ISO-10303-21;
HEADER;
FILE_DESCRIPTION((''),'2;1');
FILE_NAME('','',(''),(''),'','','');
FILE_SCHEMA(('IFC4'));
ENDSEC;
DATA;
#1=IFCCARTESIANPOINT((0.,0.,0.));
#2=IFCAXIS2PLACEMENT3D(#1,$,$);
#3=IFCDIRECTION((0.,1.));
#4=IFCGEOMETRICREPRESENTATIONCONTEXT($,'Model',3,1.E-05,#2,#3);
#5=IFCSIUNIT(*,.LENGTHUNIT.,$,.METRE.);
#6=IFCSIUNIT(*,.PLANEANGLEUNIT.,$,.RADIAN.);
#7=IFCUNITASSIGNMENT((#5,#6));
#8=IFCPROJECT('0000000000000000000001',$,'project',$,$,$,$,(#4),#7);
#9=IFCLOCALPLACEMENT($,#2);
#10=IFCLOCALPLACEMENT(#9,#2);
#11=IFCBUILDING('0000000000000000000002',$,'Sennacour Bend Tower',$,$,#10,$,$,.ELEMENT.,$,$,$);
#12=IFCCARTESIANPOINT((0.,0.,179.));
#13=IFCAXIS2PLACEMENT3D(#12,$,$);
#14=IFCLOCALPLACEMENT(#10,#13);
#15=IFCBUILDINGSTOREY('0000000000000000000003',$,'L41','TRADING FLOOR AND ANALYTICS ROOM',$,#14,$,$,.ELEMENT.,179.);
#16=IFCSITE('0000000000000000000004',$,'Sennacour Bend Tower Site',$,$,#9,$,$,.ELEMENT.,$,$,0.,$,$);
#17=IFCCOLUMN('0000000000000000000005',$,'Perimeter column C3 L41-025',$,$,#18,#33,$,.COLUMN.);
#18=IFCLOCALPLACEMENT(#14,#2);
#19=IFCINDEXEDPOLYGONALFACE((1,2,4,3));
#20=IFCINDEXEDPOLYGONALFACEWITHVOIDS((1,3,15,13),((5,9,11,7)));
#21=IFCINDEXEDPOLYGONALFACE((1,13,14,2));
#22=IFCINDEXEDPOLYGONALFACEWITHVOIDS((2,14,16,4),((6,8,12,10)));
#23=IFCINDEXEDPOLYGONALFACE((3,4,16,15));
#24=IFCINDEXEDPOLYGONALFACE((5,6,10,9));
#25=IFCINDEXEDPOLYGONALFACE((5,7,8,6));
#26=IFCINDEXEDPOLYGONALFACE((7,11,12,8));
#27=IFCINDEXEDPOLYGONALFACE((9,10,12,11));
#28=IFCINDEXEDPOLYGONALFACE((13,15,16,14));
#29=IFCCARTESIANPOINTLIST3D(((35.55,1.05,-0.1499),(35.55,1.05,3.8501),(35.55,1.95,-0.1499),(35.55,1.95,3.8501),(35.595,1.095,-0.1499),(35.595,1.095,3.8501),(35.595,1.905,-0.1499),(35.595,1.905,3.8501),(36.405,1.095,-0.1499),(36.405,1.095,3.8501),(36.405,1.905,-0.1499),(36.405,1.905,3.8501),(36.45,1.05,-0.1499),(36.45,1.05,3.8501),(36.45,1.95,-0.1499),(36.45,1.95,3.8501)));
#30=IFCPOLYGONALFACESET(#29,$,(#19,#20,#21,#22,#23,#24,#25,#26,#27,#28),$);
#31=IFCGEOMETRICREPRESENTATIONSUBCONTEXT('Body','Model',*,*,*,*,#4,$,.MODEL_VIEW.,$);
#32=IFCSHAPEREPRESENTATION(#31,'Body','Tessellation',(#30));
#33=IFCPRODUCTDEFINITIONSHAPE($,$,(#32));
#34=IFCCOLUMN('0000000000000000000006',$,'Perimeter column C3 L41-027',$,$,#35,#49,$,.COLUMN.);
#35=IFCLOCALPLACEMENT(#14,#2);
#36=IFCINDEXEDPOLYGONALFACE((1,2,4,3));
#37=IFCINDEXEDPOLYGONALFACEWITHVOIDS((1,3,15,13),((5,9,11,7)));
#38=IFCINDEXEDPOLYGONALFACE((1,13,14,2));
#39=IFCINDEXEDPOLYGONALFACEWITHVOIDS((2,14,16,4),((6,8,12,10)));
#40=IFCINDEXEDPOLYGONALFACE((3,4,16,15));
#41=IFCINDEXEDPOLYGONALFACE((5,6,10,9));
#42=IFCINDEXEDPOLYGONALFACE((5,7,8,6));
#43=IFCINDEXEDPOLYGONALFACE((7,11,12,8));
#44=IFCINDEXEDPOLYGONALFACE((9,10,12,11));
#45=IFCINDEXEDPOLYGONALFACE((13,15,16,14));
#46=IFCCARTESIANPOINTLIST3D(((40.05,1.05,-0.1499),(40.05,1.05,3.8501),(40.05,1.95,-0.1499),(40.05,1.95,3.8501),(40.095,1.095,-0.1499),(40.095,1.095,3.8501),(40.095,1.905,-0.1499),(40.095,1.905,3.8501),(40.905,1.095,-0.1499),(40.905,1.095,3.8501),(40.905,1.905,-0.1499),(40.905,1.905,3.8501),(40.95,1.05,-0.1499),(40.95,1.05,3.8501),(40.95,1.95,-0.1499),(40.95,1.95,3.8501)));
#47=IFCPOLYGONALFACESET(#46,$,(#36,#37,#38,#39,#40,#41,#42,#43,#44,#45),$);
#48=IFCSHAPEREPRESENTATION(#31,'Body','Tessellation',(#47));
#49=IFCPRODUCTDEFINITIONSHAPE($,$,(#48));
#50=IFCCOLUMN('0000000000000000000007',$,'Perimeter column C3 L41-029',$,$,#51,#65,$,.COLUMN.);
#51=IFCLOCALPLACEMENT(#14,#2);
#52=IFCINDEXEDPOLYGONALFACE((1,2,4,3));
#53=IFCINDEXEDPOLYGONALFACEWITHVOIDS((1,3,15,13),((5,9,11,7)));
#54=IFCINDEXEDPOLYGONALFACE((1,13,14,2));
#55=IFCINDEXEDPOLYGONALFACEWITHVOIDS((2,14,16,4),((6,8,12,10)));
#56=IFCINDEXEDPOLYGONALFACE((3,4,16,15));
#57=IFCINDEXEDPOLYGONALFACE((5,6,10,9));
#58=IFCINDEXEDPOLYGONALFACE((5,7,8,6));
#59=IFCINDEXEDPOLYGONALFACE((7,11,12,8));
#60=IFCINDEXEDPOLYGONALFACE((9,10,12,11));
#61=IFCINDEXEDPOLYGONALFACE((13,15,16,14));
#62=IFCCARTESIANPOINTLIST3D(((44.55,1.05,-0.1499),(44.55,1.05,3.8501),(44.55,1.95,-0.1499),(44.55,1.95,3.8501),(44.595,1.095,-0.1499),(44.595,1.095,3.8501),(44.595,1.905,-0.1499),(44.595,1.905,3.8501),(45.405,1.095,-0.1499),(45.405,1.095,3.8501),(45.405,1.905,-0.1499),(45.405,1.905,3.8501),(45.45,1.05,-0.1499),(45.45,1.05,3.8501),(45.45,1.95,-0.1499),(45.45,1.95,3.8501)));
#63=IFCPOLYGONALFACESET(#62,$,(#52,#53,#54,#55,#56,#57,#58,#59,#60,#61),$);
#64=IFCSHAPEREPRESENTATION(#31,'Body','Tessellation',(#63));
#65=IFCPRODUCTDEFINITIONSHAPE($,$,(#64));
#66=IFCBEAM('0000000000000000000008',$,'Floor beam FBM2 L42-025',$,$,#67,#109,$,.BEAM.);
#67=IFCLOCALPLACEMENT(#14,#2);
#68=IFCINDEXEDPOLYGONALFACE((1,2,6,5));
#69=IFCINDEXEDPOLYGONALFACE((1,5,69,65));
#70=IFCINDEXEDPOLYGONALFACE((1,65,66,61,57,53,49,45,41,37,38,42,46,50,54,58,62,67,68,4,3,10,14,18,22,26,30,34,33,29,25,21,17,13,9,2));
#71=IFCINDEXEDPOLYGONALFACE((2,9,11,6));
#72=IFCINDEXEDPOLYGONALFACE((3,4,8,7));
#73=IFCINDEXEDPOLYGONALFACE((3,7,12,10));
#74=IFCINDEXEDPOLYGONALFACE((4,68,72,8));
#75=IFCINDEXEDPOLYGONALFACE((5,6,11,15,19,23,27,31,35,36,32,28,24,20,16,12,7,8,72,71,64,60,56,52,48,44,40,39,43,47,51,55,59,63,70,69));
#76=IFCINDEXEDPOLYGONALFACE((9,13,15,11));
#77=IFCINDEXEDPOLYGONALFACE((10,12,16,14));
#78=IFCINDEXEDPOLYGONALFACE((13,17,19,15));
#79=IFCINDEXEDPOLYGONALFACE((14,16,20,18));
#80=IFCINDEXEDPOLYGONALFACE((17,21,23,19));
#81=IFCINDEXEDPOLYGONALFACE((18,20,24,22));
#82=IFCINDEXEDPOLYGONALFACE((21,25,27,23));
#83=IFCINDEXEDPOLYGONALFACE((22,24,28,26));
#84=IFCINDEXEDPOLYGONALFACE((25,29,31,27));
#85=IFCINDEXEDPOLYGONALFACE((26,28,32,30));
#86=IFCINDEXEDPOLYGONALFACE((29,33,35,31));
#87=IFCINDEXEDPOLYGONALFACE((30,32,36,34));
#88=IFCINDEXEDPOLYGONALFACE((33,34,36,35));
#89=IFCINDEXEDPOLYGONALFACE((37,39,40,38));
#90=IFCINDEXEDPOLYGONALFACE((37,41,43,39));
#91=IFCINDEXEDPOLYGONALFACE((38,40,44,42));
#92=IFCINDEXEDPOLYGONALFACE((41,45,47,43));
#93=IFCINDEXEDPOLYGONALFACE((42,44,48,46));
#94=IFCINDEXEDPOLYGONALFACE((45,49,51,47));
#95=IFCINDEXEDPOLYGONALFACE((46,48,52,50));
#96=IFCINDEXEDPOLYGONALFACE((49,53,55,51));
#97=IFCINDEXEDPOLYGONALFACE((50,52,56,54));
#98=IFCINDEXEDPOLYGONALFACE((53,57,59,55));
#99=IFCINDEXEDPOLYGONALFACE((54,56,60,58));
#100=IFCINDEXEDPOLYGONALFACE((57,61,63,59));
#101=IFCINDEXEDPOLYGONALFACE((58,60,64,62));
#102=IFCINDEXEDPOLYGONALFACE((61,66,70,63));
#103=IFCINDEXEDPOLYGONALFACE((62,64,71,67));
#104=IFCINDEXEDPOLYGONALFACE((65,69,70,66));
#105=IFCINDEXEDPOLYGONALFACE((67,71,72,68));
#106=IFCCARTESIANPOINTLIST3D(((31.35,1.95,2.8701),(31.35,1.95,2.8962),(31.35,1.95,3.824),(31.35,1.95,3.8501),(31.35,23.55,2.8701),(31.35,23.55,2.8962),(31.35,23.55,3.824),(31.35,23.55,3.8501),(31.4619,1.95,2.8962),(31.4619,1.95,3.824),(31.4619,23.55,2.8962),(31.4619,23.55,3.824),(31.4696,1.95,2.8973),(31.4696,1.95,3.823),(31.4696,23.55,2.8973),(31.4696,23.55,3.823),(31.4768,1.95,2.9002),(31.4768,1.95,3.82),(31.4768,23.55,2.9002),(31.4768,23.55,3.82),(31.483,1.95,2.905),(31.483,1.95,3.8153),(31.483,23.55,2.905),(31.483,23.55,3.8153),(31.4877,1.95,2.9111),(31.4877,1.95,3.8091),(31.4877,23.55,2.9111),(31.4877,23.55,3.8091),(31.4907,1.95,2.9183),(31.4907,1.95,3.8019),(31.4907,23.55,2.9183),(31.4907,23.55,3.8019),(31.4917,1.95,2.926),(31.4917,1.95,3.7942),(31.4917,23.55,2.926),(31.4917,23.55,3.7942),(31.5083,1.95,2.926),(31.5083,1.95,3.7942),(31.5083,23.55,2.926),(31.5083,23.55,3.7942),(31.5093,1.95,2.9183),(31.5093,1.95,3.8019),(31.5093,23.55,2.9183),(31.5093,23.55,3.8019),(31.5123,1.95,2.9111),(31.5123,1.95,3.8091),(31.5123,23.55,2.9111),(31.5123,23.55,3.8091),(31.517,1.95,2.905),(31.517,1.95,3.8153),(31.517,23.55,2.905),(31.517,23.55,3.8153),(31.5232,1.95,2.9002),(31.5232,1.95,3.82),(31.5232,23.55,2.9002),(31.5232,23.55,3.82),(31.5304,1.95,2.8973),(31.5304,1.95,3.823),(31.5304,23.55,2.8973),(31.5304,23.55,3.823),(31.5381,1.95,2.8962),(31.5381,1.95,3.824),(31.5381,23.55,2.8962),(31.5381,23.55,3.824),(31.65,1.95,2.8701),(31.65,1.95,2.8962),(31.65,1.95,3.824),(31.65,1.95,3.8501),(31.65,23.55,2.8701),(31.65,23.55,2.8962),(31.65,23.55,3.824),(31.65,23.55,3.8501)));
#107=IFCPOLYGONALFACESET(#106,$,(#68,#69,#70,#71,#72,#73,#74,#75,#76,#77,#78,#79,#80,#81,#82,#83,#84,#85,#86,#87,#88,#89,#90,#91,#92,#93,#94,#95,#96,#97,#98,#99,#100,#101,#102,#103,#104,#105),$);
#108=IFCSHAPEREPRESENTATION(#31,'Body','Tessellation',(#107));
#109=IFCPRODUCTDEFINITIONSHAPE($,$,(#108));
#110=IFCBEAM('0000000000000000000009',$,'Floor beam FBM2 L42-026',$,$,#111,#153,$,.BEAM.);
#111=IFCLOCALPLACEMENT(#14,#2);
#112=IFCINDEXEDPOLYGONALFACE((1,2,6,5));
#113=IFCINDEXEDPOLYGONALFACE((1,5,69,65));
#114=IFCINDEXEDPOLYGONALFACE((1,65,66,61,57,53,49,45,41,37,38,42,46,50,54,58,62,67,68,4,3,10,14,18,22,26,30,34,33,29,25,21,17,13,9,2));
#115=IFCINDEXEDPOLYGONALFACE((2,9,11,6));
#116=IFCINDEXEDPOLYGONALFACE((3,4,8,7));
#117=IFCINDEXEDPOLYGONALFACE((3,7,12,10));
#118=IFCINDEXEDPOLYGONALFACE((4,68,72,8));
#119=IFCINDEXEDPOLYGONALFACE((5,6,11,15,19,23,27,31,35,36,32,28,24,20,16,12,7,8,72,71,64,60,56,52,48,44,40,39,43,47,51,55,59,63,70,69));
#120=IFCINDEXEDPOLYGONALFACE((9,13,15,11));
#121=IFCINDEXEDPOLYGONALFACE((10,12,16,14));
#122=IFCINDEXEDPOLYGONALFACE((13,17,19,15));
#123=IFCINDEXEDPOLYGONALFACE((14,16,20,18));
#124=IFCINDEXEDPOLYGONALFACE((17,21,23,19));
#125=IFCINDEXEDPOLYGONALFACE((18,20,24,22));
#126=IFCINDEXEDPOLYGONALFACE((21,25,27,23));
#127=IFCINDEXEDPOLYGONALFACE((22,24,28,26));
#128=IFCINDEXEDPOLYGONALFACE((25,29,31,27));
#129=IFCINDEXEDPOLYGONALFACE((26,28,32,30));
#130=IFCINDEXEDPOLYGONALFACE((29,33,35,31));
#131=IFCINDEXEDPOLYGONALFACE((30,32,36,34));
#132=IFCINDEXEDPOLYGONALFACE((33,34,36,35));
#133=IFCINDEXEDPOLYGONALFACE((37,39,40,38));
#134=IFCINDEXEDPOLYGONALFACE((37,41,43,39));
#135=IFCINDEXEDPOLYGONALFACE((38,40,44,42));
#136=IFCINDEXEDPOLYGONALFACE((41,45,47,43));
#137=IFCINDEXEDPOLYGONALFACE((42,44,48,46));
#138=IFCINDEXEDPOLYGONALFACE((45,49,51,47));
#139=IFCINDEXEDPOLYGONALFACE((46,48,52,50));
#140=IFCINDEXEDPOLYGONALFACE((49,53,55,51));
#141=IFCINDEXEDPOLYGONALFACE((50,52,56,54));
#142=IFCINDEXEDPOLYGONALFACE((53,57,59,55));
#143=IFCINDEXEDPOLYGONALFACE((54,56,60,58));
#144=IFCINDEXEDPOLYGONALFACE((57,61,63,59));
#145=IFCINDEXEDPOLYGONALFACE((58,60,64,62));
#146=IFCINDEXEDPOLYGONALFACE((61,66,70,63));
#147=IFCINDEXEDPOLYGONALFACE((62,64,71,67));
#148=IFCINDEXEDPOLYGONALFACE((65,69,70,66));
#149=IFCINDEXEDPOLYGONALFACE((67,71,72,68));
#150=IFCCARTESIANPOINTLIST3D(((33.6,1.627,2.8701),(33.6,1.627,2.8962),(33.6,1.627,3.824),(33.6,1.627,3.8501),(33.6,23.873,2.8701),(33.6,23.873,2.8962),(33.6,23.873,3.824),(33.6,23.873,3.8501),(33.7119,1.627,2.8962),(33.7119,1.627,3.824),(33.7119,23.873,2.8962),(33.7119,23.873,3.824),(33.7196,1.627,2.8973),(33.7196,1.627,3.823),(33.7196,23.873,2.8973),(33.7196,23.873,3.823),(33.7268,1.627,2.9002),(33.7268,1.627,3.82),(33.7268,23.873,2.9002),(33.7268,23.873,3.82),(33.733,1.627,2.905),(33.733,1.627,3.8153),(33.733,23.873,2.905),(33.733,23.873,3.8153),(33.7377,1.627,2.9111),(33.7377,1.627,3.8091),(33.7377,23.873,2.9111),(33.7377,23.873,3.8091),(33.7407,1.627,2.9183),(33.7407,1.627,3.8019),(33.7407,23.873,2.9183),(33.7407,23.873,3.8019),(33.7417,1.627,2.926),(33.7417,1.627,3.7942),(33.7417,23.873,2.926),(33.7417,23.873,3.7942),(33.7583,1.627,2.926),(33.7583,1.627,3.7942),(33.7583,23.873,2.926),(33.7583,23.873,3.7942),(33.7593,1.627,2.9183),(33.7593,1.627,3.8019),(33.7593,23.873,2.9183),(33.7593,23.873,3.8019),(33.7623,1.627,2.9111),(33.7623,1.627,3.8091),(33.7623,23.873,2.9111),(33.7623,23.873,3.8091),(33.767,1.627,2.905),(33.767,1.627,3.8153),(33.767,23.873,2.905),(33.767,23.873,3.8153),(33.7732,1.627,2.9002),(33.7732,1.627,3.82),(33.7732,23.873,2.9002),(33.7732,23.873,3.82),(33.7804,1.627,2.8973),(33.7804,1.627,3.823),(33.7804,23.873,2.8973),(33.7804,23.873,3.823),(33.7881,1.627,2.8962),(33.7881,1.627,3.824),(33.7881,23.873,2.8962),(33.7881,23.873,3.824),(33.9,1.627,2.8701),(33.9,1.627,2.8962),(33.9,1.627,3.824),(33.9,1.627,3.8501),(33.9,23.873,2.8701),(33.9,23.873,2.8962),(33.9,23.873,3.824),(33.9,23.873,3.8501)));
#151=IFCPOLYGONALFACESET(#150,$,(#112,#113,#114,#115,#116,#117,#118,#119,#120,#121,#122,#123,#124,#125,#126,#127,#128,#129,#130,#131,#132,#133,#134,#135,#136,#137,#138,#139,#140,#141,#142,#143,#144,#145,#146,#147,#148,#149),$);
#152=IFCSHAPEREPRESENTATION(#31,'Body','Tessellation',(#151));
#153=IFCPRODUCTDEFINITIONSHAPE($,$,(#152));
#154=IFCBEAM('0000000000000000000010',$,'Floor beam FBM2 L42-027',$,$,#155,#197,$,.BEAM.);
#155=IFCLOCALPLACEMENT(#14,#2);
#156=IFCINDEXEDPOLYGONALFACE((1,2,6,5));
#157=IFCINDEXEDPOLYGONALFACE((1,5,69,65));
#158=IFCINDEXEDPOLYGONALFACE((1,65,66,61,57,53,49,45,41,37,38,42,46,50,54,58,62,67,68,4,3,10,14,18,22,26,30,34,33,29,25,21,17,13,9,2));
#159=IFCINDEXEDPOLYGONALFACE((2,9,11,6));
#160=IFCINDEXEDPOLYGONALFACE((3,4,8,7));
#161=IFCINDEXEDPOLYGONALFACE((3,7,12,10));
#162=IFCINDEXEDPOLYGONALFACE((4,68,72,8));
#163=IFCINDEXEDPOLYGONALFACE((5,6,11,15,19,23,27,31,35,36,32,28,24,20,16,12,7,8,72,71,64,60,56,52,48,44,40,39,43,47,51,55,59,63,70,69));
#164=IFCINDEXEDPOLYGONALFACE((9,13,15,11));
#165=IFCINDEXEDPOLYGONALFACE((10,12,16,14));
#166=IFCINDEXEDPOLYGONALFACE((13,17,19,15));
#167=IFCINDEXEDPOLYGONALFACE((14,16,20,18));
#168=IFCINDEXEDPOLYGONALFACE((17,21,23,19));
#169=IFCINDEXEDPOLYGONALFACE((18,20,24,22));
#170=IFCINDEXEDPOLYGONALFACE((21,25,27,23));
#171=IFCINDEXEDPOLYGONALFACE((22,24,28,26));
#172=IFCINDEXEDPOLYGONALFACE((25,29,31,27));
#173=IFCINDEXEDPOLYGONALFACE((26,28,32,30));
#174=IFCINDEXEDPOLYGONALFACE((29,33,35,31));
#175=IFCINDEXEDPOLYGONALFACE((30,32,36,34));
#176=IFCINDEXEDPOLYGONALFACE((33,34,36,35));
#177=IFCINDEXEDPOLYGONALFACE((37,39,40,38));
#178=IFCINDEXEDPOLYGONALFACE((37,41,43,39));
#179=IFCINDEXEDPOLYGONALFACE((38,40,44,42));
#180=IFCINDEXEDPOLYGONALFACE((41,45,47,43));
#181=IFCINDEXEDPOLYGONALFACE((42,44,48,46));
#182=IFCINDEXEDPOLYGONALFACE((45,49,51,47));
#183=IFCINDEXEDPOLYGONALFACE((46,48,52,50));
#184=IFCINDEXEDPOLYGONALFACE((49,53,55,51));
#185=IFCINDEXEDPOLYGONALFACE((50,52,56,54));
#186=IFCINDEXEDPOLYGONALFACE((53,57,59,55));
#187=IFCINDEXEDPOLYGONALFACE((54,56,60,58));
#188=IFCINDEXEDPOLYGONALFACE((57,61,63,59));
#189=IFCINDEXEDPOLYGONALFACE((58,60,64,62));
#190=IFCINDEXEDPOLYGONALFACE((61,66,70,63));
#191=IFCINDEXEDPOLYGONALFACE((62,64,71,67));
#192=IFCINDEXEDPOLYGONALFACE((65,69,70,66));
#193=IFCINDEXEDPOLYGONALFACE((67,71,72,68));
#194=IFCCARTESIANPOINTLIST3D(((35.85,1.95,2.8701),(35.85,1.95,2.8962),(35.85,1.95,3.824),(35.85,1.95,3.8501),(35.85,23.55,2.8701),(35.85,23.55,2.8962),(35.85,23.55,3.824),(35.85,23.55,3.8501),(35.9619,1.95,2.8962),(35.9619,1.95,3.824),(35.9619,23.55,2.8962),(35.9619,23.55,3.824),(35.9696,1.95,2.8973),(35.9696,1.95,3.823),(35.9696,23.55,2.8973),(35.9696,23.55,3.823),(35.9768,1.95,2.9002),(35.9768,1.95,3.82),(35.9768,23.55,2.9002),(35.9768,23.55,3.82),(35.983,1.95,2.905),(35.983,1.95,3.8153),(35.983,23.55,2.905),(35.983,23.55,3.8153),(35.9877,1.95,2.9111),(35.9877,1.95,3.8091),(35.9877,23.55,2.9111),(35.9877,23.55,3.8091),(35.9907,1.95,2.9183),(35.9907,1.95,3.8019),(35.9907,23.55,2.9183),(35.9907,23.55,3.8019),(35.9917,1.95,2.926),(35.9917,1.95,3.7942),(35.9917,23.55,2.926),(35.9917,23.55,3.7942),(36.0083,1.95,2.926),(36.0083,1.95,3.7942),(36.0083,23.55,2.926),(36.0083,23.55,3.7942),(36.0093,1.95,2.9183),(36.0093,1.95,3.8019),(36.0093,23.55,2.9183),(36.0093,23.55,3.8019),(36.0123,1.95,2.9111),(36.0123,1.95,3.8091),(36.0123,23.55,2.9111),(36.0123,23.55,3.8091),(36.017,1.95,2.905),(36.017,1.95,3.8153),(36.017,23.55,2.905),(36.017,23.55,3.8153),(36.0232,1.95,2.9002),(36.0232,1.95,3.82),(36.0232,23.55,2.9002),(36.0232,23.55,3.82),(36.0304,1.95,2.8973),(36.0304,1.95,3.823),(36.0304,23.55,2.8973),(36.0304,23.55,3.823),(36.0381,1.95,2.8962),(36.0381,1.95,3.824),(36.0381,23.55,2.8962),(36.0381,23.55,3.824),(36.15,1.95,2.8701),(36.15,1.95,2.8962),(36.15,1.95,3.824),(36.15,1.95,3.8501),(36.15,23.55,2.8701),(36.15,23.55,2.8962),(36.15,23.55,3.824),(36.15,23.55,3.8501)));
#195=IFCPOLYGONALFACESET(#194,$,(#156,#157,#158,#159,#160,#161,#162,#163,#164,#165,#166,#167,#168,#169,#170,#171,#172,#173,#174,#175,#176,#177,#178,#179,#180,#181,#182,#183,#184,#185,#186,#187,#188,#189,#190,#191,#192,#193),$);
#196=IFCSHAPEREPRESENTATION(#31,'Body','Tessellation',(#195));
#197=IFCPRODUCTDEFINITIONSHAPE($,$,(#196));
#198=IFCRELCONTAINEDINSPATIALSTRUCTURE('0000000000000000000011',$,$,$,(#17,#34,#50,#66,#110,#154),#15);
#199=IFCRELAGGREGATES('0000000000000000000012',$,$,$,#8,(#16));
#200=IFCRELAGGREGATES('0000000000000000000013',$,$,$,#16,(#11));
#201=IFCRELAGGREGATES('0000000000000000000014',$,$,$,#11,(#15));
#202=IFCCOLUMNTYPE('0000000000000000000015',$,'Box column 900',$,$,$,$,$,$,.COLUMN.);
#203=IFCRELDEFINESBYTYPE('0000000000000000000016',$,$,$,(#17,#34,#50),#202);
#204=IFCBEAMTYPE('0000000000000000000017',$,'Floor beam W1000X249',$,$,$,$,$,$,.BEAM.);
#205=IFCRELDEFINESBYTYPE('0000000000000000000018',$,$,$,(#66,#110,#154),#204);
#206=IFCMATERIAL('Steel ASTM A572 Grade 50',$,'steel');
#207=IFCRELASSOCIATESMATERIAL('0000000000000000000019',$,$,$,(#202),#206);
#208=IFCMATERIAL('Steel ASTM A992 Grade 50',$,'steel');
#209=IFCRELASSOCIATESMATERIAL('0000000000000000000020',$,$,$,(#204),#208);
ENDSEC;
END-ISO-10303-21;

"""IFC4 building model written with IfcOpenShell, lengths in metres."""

from ifc_helpers import new_model, si_unit, direction, frame, origin, origin_2d, place, context, subcontext, project, spatial, hollow_rectangle, i_section, extrude, material, material_profile, profile_set, type_object, element, save


model = new_model("IFC4")

# Units and contexts
model_context = context("Model", 3, precision=1e-05, world=origin(), true_north=direction((0.0, 1.0)))
body_context = subcontext(model_context, "Body", "Model", "MODEL_VIEW")
ifc_project = project(units=[si_unit("LENGTHUNIT", "METRE"), si_unit("PLANEANGLEUNIT", "RADIAN")], contexts=[model_context])

# Site, building, storey
site_placement = place(None, origin())
site = spatial("IfcSite", under=ifc_project, at=site_placement, Name="Sennacour Bend Tower Site", CompositionType="ELEMENT", RefElevation=0.0)
building_placement = place(site_placement, origin())
building = spatial("IfcBuilding", under=site, at=building_placement, Name="Sennacour Bend Tower", CompositionType="ELEMENT")
storey_placement = place(building_placement, frame((0.0, 0.0, 179.0)))
storey = spatial("IfcBuildingStorey", under=building, at=storey_placement, Name="L41", Description="TRADING FLOOR AND ANALYTICS ROOM", CompositionType="ELEMENT", Elevation=179.0)

# Columns
ifc_material_1 = material(Name="Steel ASTM A572 Grade 50", Category="steel")
ifc_material_profile_1 = material_profile(ifc_material_1, hollow_rectangle(XDim=0.8999, YDim=0.8999, WallThickness=0.0449, at=origin_2d()), Name="Steel ASTM A572 Grade 50", Category="steel")
ifc_profile_set_1 = profile_set([ifc_material_profile_1], Name="Steel ASTM A572 Grade 50")
column_type = type_object("IfcColumnType", Name="Box column 900", PredefinedType="COLUMN", material=ifc_profile_set_1)
for number, where, z_axis, x_axis, name in (
    (1, (36.0, 1.5, -0.1499), (0.0, 0.0, 1.0), (1.0, 0.0, 0.0), "Perimeter column C3 L41-025"),
    (2, (40.5, 1.5, -0.1499), (0.0, 0.0, 1.0), (1.0, 0.0, 0.0), "Perimeter column C3 L41-027"),
    (3, (45.0, 1.5, -0.1499), (0.0, 0.0, 1.0), (1.0, 0.0, 0.0), "Perimeter column C3 L41-029"),
):
    element("IfcColumn", number, at=place(storey_placement, frame(where, z_axis=z_axis, x_axis=x_axis)), inside=storey, type_object=column_type, Name=name, PredefinedType="COLUMN", context=body_context, shape_type="SweptSolid", body=[
        extrude(hollow_rectangle(XDim=0.8999, YDim=0.8999, WallThickness=0.0449, at=origin_2d()), origin(), (0.0, 0.0, 1.0), 4.0),
    ])

# Beams
ifc_material_2 = material(Name="Steel ASTM A992 Grade 50", Category="steel")
ifc_material_profile_2 = material_profile(ifc_material_2, i_section(OverallWidth=0.3, OverallDepth=0.98, WebThickness=0.0166, FlangeThickness=0.0261, FilletRadius=0.0298, at=origin_2d()), Name="Steel ASTM A992 Grade 50", Category="steel")
ifc_profile_set_2 = profile_set([ifc_material_profile_2], Name="Steel ASTM A992 Grade 50")
beam_type_1 = type_object("IfcBeamType", Name="Floor beam W1000X249", PredefinedType="BEAM", material=ifc_profile_set_2)
beam_1_placement = place(storey_placement, frame((31.5, 1.95, 3.3601), z_axis=(0.0, 1.0, 0.0), x_axis=(-1.0, 0.0, 0.0)))
element("IfcBeam", 4, at=beam_1_placement, inside=storey, type_object=beam_type_1, Name="Floor beam FBM2 L42-025", PredefinedType="BEAM", context=body_context, shape_type="SweptSolid", body=[
    extrude(i_section(OverallWidth=0.3, OverallDepth=0.98, WebThickness=0.0166, FlangeThickness=0.0261, FilletRadius=0.0298, at=origin_2d()), origin(), (0.0, 0.0, 1.0), 21.6001),
])
beam_2_placement = place(storey_placement, frame((33.75, 1.627, 3.3601), z_axis=(0.0, 1.0, 0.0), x_axis=(-1.0, 0.0, 0.0)))
element("IfcBeam", 5, at=beam_2_placement, inside=storey, type_object=beam_type_1, Name="Floor beam FBM2 L42-026", PredefinedType="BEAM", context=body_context, shape_type="SweptSolid", body=[
    extrude(i_section(OverallWidth=0.3, OverallDepth=0.98, WebThickness=0.0166, FlangeThickness=0.0261, FilletRadius=0.0298, at=origin_2d()), origin(), (0.0, 0.0, 1.0), 22.2461),
])
beam_3_placement = place(storey_placement, frame((36.0, 1.95, 3.3601), z_axis=(0.0, 1.0, 0.0), x_axis=(-1.0, 0.0, 0.0)))
element("IfcBeam", 6, at=beam_3_placement, inside=storey, type_object=beam_type_1, Name="Floor beam FBM2 L42-027", PredefinedType="BEAM", context=body_context, shape_type="SweptSolid", body=[
    extrude(i_section(OverallWidth=0.3, OverallDepth=0.98, WebThickness=0.0166, FlangeThickness=0.0261, FilletRadius=0.0298, at=origin_2d()), origin(), (0.0, 0.0, 1.0), 21.6001),
])

save(model, "model.ifc")
